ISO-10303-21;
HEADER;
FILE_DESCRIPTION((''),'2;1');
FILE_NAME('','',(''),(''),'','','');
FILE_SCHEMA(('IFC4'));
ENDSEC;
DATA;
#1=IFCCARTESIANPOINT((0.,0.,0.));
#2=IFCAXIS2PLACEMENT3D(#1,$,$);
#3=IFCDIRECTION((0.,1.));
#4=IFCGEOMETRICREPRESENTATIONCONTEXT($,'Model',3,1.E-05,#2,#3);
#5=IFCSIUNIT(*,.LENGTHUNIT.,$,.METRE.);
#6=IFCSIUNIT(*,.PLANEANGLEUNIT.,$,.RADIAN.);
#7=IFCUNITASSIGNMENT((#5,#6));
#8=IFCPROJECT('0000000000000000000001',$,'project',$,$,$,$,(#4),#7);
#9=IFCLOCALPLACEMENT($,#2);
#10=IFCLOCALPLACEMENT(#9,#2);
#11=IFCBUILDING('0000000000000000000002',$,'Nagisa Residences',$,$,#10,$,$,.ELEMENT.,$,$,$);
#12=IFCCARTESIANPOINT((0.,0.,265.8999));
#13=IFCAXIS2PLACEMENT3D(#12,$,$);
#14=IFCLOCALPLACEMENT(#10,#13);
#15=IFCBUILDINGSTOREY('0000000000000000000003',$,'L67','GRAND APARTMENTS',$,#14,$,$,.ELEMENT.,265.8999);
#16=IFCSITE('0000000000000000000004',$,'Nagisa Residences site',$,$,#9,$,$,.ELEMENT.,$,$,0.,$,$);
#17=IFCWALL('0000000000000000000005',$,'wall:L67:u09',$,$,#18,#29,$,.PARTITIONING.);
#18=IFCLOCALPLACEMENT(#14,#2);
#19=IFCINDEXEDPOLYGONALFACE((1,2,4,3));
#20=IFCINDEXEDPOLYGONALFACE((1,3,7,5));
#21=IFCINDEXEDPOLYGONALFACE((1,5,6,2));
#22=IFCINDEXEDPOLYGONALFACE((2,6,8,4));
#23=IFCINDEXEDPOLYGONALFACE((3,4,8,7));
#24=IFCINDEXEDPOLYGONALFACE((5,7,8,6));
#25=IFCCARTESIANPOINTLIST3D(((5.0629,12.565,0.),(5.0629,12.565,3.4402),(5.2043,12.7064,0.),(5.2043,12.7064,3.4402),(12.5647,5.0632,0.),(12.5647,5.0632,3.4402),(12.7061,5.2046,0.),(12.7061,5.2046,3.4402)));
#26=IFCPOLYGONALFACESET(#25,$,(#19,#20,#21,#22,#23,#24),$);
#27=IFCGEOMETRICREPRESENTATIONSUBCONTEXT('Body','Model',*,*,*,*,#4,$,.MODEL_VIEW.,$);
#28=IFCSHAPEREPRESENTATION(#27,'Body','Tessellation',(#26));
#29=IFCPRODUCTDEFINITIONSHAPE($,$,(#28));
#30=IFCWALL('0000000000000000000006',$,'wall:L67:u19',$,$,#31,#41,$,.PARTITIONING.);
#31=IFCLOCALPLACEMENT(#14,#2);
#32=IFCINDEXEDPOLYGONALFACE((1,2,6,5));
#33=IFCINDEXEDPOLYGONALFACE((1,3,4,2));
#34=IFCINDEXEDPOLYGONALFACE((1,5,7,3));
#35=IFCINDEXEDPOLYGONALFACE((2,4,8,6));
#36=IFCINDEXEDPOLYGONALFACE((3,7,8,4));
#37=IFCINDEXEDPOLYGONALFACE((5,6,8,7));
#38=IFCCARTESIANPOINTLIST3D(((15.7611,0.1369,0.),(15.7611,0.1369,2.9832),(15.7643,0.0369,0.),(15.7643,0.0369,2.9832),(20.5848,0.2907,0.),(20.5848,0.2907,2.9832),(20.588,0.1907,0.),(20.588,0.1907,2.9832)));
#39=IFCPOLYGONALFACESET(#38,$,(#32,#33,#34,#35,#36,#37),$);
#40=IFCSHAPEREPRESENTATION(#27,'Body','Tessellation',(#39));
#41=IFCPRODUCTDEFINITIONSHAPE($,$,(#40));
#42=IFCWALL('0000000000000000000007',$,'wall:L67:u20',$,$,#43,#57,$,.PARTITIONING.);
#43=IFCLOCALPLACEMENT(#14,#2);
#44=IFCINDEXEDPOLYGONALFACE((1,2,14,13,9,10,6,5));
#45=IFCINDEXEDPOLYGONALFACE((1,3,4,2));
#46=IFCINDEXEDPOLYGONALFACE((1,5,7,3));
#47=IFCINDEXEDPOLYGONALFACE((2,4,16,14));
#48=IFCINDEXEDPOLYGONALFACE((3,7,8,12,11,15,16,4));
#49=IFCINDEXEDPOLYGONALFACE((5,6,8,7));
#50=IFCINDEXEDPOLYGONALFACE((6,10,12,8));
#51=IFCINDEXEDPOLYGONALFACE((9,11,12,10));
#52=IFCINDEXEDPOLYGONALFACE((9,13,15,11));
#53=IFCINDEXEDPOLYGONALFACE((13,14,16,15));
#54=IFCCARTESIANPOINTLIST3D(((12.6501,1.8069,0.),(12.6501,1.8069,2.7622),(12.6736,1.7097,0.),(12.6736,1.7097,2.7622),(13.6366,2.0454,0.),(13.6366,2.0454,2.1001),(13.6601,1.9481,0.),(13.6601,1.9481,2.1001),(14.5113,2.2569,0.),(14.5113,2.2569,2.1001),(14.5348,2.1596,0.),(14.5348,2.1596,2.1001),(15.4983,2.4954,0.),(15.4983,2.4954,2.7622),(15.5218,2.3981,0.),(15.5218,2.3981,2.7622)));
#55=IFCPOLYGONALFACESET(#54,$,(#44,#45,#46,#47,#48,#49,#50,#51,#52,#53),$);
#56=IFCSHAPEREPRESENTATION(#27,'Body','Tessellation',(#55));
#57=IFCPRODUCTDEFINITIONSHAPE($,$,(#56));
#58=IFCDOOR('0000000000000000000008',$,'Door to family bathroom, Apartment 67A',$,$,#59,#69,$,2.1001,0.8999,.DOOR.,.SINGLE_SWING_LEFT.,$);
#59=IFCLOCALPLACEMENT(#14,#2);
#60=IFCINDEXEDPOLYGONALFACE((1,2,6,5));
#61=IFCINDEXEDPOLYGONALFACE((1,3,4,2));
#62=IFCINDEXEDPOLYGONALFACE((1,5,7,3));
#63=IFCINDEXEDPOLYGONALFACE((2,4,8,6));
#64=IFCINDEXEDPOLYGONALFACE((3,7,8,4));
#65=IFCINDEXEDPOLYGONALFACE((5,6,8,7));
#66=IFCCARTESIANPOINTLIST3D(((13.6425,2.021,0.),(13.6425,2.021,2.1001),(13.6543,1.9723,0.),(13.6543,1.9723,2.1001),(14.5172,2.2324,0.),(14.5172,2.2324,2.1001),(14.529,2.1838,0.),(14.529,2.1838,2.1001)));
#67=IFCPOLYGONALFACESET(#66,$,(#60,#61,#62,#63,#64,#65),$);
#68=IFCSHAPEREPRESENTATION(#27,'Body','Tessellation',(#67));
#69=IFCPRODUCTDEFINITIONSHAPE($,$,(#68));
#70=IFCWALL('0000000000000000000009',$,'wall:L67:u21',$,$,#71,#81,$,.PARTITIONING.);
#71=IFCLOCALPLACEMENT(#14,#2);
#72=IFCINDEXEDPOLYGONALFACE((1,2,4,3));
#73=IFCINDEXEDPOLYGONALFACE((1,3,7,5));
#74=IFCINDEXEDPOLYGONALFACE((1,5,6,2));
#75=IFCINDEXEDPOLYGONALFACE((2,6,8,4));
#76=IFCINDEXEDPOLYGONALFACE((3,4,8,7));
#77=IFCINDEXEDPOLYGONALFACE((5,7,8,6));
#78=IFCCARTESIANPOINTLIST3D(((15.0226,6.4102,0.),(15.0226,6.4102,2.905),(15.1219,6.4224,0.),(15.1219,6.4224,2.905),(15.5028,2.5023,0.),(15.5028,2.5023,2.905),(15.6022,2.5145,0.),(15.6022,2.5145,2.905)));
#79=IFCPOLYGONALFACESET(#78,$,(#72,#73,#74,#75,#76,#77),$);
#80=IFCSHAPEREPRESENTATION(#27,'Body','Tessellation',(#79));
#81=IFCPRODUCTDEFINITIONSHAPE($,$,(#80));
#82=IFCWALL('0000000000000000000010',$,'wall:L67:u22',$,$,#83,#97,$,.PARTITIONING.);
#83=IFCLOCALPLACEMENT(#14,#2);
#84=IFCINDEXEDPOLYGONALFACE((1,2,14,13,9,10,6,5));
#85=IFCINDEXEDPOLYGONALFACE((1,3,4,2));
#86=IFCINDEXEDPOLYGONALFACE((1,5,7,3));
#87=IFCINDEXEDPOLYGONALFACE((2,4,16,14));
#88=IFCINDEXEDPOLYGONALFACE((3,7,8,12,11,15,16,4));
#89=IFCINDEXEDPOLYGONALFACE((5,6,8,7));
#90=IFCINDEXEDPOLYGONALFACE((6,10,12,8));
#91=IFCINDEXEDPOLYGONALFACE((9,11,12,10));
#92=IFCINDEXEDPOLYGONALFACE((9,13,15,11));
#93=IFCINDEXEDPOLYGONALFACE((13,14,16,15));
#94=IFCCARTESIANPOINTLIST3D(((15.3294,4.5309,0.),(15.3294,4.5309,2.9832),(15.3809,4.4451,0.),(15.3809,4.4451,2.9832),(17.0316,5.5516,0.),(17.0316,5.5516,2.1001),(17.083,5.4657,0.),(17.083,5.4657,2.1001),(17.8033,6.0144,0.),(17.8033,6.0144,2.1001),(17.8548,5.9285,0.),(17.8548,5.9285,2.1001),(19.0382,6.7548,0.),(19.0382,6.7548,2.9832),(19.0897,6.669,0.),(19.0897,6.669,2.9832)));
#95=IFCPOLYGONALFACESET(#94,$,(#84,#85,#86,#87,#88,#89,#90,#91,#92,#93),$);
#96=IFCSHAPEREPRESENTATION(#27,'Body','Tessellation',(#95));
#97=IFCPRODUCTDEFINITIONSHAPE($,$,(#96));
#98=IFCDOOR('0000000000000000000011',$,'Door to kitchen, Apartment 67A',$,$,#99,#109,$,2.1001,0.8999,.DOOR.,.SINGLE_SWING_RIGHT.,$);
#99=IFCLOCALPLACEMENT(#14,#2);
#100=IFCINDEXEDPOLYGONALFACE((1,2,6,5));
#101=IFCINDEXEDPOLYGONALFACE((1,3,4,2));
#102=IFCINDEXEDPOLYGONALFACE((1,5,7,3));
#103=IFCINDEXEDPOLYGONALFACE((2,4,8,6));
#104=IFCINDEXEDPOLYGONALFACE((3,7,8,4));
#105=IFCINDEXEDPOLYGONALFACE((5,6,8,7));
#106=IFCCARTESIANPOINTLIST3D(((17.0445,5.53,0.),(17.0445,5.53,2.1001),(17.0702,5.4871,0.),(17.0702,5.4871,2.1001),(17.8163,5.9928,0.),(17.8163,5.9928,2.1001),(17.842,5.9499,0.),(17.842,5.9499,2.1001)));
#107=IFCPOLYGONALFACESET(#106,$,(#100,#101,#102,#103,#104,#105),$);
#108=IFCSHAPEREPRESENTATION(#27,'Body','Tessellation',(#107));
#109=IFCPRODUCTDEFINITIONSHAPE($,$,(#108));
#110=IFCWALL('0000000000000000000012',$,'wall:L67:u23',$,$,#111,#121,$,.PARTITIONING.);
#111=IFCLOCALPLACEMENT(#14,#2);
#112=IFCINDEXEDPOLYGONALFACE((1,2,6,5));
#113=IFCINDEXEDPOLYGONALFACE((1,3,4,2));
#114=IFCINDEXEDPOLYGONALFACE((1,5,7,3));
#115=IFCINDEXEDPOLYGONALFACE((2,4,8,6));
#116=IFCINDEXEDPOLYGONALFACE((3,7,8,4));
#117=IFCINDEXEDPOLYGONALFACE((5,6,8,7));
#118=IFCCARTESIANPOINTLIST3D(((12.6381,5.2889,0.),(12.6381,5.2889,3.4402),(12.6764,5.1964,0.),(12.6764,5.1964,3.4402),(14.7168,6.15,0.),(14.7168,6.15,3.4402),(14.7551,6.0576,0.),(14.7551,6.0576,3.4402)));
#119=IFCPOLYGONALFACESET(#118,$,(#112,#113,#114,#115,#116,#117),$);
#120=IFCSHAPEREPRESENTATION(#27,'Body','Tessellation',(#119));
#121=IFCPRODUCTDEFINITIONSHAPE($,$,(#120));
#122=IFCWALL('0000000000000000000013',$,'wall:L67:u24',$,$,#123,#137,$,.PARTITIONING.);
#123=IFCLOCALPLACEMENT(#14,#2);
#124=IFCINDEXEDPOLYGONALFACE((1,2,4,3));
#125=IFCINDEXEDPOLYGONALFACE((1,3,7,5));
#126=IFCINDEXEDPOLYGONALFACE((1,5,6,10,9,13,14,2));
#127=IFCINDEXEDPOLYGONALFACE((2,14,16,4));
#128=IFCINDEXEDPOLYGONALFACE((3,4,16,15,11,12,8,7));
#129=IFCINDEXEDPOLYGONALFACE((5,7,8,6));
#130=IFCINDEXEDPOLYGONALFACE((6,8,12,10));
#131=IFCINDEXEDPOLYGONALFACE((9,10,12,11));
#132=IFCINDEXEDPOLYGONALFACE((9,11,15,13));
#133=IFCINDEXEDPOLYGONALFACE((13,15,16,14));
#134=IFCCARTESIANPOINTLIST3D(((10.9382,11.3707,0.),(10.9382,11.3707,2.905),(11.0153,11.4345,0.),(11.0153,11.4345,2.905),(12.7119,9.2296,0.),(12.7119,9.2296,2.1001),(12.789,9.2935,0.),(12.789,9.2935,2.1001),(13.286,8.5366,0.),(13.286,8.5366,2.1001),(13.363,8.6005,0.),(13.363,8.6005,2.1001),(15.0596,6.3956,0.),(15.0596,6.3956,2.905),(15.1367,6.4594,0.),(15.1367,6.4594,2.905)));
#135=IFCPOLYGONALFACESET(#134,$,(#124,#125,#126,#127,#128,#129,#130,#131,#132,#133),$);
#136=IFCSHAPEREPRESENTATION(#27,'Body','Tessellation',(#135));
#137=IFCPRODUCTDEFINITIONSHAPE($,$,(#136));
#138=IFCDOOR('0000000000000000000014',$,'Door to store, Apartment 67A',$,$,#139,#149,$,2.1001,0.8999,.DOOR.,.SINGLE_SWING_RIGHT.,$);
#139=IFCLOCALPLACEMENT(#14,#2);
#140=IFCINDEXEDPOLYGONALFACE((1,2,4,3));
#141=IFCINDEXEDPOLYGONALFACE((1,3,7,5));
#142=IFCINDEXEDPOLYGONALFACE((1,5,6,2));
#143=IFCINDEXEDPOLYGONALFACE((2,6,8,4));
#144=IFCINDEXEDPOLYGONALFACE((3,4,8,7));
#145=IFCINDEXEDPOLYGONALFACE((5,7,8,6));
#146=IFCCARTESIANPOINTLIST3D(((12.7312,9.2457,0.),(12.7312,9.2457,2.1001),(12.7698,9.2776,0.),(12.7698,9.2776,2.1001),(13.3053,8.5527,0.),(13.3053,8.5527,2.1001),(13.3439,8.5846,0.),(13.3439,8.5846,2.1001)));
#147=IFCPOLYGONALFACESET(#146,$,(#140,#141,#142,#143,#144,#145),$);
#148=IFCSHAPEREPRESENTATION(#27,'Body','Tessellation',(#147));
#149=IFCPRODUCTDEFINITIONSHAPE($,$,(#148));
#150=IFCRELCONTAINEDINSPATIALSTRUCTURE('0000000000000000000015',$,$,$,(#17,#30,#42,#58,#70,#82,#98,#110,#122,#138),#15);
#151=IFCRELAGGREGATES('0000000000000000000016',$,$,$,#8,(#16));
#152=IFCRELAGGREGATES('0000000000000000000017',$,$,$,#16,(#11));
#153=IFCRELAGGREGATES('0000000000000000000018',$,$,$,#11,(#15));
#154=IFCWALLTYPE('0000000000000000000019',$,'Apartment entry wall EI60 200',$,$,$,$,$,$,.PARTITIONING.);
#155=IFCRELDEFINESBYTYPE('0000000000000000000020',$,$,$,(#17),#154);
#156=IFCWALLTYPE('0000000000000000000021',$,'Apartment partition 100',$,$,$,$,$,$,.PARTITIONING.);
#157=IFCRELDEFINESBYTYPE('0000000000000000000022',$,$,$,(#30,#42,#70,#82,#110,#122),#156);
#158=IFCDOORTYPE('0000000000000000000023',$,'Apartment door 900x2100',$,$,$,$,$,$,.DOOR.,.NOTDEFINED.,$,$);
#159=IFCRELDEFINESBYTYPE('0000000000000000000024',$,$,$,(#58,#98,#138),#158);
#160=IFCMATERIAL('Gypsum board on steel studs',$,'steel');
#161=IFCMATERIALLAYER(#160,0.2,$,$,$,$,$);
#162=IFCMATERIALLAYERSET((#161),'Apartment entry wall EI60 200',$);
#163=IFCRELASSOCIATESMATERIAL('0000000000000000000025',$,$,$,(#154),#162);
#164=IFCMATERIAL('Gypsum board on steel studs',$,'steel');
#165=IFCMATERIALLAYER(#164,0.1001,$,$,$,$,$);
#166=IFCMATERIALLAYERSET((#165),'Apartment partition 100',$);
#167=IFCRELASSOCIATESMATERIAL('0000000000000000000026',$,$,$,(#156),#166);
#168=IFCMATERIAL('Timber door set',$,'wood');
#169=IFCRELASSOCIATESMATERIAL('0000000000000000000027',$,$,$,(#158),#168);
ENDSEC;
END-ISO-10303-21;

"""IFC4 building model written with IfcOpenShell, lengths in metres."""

from ifc_helpers import new_model, si_unit, direction, frame, frame_2d, origin, place, context, subcontext, project, spatial, rectangle, extrude, material, layer, layer_set, type_object, element, fill, save


model = new_model("IFC4")

# Units and contexts
model_context = context("Model", 3, precision=1e-05, world=origin(), true_north=direction((0.0, 1.0)))
body_context = subcontext(model_context, "Body", "Model", "MODEL_VIEW")
ifc_project = project(units=[si_unit("LENGTHUNIT", "METRE"), si_unit("PLANEANGLEUNIT", "RADIAN")], contexts=[model_context])

# Site, building, storey
site_placement = place(None, origin())
site = spatial("IfcSite", under=ifc_project, at=site_placement, Name="Nagisa Residences site", CompositionType="ELEMENT", RefElevation=0.0)
building_placement = place(site_placement, origin())
building = spatial("IfcBuilding", under=site, at=building_placement, Name="Nagisa Residences", CompositionType="ELEMENT")
storey_placement = place(building_placement, frame((0.0, 0.0, 265.8999)))
storey = spatial("IfcBuildingStorey", under=building, at=storey_placement, Name="L67", Description="GRAND APARTMENTS", CompositionType="ELEMENT", Elevation=265.8999)

# Walls
ifc_material_1 = material(Name="Gypsum board on steel studs", Category="steel")
ifc_layer_1 = layer(ifc_material_1, 0.2)
ifc_layer_set_1 = layer_set([ifc_layer_1], Name="Apartment entry wall EI60 200")
wall_type_1 = type_object("IfcWallType", Name="Apartment entry wall EI60 200", PredefinedType="PARTITIONING", material=ifc_layer_set_1)
wall_1_placement = place(storey_placement, frame((12.6355, 5.1338, 0.0), z_axis=(0.0, 0.0, 1.0), x_axis=(-0.707107, 0.707107, 0.0)))
element("IfcWall", 1, at=wall_1_placement, inside=storey, type_object=wall_type_1, Name="wall:L67:u09", PredefinedType="PARTITIONING", context=body_context, shape_type="SweptSolid", body=[
    extrude(rectangle(XDim=10.6091, YDim=0.2, at=frame_2d((5.3047, 0.0))), origin(), (0.0, 0.0, 1.0), 3.4402),
])
ifc_material_2 = material(Name="Gypsum board on steel studs", Category="steel")
ifc_layer_2 = layer(ifc_material_2, 0.1001)
ifc_layer_set_2 = layer_set([ifc_layer_2], Name="Apartment partition 100")
wall_type_2 = type_object("IfcWallType", Name="Apartment partition 100", PredefinedType="PARTITIONING", material=ifc_layer_set_2)
wall_2_placement = place(storey_placement, frame((15.7627, 0.0869, 0.0), z_axis=(0.0, 0.0, 1.0), x_axis=(0.999492, 0.03187, 0.0)))
element("IfcWall", 2, at=wall_2_placement, inside=storey, type_object=wall_type_2, Name="wall:L67:u19", PredefinedType="PARTITIONING", context=body_context, shape_type="SweptSolid", body=[
    extrude(rectangle(XDim=4.8262, YDim=0.1001, at=frame_2d((2.4131, 0.0))), origin(), (0.0, 0.0, 1.0), 2.9832),
])

# Wall, opening, door
wall_3_placement = place(storey_placement, frame((12.6619, 1.7583, 0.0), z_axis=(0.0, 0.0, 1.0), x_axis=(0.972005, 0.234961, 0.0)))
wall_3 = element("IfcWall", 3, at=wall_3_placement, inside=storey, type_object=wall_type_2, Name="wall:L67:u20", PredefinedType="PARTITIONING", context=body_context, shape_type="SweptSolid", body=[
    extrude(rectangle(XDim=2.9302, YDim=0.1001, at=frame_2d((1.4651, 0.0))), origin(), (0.0, 0.0, 1.0), 2.7622),
])
opening_1_placement = place(wall_3_placement, frame((1.0149, 0.0, 0.0)))
opening_1 = element("IfcOpeningElement", 4, at=opening_1_placement, cuts=wall_3, PredefinedType="OPENING", context=body_context, shape_type="SweptSolid", body=[
    extrude(rectangle(XDim=0.8999, YDim=2.1001, at=frame_2d((0.45, 1.05))), frame((0.0, 0.0601, 0.0), z_axis=(0.0, -1.0, 0.0), x_axis=(1.0, 0.0, 0.0)), (0.0, 0.0, 1.0), 0.1201),
])
ifc_material_3 = material(Name="Timber door set", Category="wood")
door_type_1 = type_object("IfcDoorType", Name="Apartment door 900x2100", OperationType="NOTDEFINED", PredefinedType="DOOR", material=ifc_material_3)
door_1_placement = place(opening_1_placement, origin())
door_1 = element("IfcDoor", 5, at=door_1_placement, inside=storey, type_object=door_type_1, Name="Door to family bathroom, Apartment 67A", OperationType="SINGLE_SWING_LEFT", OverallHeight=2.1001, OverallWidth=0.8999, PredefinedType="DOOR", context=body_context, shape_type="SweptSolid", body=[
    extrude(rectangle(XDim=0.8999, YDim=2.1001, at=frame_2d((0.45, 1.05))), frame((0.0, 0.0249, 0.0), z_axis=(0.0, -1.0, 0.0), x_axis=(1.0, 0.0, 0.0)), (0.0, 0.0, 1.0), 0.05),
])
fill(opening_1, door_1)

# Wall
wall_4_placement = place(storey_placement, frame((15.5525, 2.5083, 0.0), z_axis=(0.0, 0.0, 1.0), x_axis=(-0.121966, 0.992534, 0.0)))
element("IfcWall", 6, at=wall_4_placement, inside=storey, type_object=wall_type_2, Name="wall:L67:u21", PredefinedType="PARTITIONING", context=body_context, shape_type="SweptSolid", body=[
    extrude(rectangle(XDim=3.9373, YDim=0.1001, at=frame_2d((1.9688, 0.0))), origin(), (0.0, 0.0, 1.0), 2.905),
])

# Wall, opening, door
wall_5_placement = place(storey_placement, frame((15.3552, 4.488, 0.0), z_axis=(0.0, 0.0, 1.0), x_axis=(0.857632, 0.514263, 0.0)))
wall_5 = element("IfcWall", 7, at=wall_5_placement, inside=storey, type_object=wall_type_2, Name="wall:L67:u22", PredefinedType="PARTITIONING", context=body_context, shape_type="SweptSolid", body=[
    extrude(rectangle(XDim=4.3245, YDim=0.1001, at=frame_2d((2.1621, 0.0))), origin(), (0.0, 0.0, 1.0), 2.9832),
])
opening_2_placement = place(wall_5_placement, frame((1.9846, 0.0, 0.0)))
opening_2 = element("IfcOpeningElement", 8, at=opening_2_placement, cuts=wall_5, PredefinedType="OPENING", context=body_context, shape_type="SweptSolid", body=[
    extrude(rectangle(XDim=0.8999, YDim=2.1001, at=frame_2d((0.45, 1.05))), frame((0.0, 0.0601, 0.0), z_axis=(0.0, -1.0, 0.0), x_axis=(1.0, 0.0, 0.0)), (0.0, 0.0, 1.0), 0.1201),
])
door_2_placement = place(opening_2_placement, origin())
door_2 = element("IfcDoor", 9, at=door_2_placement, inside=storey, type_object=door_type_1, Name="Door to kitchen, Apartment 67A", OperationType="SINGLE_SWING_RIGHT", OverallHeight=2.1001, OverallWidth=0.8999, PredefinedType="DOOR", context=body_context, shape_type="SweptSolid", body=[
    extrude(rectangle(XDim=0.8999, YDim=2.1001, at=frame_2d((0.45, 1.05))), frame((0.0, 0.0249, 0.0), z_axis=(0.0, -1.0, 0.0), x_axis=(1.0, 0.0, 0.0)), (0.0, 0.0, 1.0), 0.05),
])
fill(opening_2, door_2)

# Wall
wall_6_placement = place(storey_placement, frame((12.6572, 5.2427, 0.0), z_axis=(0.0, 0.0, 1.0), x_axis=(0.923865, 0.382719, 0.0)))
element("IfcWall", 10, at=wall_6_placement, inside=storey, type_object=wall_type_2, Name="wall:L67:u23", PredefinedType="PARTITIONING", context=body_context, shape_type="SweptSolid", body=[
    extrude(rectangle(XDim=2.25, YDim=0.1001, at=frame_2d((1.125, 0.0))), origin(), (0.0, 0.0, 1.0), 3.4402),
])

# Wall, opening, door
wall_7_placement = place(storey_placement, frame((15.0981, 6.4275, 0.0), z_axis=(0.0, 0.0, 1.0), x_axis=(-0.637937, 0.770089, 0.0)))
wall_7 = element("IfcWall", 11, at=wall_7_placement, inside=storey, type_object=wall_type_2, Name="wall:L67:u24", PredefinedType="PARTITIONING", context=body_context, shape_type="SweptSolid", body=[
    extrude(rectangle(XDim=6.4604, YDim=0.1001, at=frame_2d((3.2302, 0.0))), origin(), (0.0, 0.0, 1.0), 2.905),
])
opening_3_placement = place(wall_7_placement, frame((2.7803, 0.0, 0.0)))
opening_3 = element("IfcOpeningElement", 12, at=opening_3_placement, cuts=wall_7, PredefinedType="OPENING", context=body_context, shape_type="SweptSolid", body=[
    extrude(rectangle(XDim=0.8999, YDim=2.1001, at=frame_2d((0.45, 1.05))), frame((0.0, 0.0601, 0.0), z_axis=(0.0, -1.0, 0.0), x_axis=(1.0, 0.0, 0.0)), (0.0, 0.0, 1.0), 0.1201),
])
door_3_placement = place(opening_3_placement, origin())
door_3 = element("IfcDoor", 13, at=door_3_placement, inside=storey, type_object=door_type_1, Name="Door to store, Apartment 67A", OperationType="SINGLE_SWING_RIGHT", OverallHeight=2.1001, OverallWidth=0.8999, PredefinedType="DOOR", context=body_context, shape_type="SweptSolid", body=[
    extrude(rectangle(XDim=0.8999, YDim=2.1001, at=frame_2d((0.45, 1.05))), frame((0.0, 0.0249, 0.0), z_axis=(0.0, -1.0, 0.0), x_axis=(1.0, 0.0, 0.0)), (0.0, 0.0, 1.0), 0.05),
])
fill(opening_3, door_3)

save(model, "model.ifc")
